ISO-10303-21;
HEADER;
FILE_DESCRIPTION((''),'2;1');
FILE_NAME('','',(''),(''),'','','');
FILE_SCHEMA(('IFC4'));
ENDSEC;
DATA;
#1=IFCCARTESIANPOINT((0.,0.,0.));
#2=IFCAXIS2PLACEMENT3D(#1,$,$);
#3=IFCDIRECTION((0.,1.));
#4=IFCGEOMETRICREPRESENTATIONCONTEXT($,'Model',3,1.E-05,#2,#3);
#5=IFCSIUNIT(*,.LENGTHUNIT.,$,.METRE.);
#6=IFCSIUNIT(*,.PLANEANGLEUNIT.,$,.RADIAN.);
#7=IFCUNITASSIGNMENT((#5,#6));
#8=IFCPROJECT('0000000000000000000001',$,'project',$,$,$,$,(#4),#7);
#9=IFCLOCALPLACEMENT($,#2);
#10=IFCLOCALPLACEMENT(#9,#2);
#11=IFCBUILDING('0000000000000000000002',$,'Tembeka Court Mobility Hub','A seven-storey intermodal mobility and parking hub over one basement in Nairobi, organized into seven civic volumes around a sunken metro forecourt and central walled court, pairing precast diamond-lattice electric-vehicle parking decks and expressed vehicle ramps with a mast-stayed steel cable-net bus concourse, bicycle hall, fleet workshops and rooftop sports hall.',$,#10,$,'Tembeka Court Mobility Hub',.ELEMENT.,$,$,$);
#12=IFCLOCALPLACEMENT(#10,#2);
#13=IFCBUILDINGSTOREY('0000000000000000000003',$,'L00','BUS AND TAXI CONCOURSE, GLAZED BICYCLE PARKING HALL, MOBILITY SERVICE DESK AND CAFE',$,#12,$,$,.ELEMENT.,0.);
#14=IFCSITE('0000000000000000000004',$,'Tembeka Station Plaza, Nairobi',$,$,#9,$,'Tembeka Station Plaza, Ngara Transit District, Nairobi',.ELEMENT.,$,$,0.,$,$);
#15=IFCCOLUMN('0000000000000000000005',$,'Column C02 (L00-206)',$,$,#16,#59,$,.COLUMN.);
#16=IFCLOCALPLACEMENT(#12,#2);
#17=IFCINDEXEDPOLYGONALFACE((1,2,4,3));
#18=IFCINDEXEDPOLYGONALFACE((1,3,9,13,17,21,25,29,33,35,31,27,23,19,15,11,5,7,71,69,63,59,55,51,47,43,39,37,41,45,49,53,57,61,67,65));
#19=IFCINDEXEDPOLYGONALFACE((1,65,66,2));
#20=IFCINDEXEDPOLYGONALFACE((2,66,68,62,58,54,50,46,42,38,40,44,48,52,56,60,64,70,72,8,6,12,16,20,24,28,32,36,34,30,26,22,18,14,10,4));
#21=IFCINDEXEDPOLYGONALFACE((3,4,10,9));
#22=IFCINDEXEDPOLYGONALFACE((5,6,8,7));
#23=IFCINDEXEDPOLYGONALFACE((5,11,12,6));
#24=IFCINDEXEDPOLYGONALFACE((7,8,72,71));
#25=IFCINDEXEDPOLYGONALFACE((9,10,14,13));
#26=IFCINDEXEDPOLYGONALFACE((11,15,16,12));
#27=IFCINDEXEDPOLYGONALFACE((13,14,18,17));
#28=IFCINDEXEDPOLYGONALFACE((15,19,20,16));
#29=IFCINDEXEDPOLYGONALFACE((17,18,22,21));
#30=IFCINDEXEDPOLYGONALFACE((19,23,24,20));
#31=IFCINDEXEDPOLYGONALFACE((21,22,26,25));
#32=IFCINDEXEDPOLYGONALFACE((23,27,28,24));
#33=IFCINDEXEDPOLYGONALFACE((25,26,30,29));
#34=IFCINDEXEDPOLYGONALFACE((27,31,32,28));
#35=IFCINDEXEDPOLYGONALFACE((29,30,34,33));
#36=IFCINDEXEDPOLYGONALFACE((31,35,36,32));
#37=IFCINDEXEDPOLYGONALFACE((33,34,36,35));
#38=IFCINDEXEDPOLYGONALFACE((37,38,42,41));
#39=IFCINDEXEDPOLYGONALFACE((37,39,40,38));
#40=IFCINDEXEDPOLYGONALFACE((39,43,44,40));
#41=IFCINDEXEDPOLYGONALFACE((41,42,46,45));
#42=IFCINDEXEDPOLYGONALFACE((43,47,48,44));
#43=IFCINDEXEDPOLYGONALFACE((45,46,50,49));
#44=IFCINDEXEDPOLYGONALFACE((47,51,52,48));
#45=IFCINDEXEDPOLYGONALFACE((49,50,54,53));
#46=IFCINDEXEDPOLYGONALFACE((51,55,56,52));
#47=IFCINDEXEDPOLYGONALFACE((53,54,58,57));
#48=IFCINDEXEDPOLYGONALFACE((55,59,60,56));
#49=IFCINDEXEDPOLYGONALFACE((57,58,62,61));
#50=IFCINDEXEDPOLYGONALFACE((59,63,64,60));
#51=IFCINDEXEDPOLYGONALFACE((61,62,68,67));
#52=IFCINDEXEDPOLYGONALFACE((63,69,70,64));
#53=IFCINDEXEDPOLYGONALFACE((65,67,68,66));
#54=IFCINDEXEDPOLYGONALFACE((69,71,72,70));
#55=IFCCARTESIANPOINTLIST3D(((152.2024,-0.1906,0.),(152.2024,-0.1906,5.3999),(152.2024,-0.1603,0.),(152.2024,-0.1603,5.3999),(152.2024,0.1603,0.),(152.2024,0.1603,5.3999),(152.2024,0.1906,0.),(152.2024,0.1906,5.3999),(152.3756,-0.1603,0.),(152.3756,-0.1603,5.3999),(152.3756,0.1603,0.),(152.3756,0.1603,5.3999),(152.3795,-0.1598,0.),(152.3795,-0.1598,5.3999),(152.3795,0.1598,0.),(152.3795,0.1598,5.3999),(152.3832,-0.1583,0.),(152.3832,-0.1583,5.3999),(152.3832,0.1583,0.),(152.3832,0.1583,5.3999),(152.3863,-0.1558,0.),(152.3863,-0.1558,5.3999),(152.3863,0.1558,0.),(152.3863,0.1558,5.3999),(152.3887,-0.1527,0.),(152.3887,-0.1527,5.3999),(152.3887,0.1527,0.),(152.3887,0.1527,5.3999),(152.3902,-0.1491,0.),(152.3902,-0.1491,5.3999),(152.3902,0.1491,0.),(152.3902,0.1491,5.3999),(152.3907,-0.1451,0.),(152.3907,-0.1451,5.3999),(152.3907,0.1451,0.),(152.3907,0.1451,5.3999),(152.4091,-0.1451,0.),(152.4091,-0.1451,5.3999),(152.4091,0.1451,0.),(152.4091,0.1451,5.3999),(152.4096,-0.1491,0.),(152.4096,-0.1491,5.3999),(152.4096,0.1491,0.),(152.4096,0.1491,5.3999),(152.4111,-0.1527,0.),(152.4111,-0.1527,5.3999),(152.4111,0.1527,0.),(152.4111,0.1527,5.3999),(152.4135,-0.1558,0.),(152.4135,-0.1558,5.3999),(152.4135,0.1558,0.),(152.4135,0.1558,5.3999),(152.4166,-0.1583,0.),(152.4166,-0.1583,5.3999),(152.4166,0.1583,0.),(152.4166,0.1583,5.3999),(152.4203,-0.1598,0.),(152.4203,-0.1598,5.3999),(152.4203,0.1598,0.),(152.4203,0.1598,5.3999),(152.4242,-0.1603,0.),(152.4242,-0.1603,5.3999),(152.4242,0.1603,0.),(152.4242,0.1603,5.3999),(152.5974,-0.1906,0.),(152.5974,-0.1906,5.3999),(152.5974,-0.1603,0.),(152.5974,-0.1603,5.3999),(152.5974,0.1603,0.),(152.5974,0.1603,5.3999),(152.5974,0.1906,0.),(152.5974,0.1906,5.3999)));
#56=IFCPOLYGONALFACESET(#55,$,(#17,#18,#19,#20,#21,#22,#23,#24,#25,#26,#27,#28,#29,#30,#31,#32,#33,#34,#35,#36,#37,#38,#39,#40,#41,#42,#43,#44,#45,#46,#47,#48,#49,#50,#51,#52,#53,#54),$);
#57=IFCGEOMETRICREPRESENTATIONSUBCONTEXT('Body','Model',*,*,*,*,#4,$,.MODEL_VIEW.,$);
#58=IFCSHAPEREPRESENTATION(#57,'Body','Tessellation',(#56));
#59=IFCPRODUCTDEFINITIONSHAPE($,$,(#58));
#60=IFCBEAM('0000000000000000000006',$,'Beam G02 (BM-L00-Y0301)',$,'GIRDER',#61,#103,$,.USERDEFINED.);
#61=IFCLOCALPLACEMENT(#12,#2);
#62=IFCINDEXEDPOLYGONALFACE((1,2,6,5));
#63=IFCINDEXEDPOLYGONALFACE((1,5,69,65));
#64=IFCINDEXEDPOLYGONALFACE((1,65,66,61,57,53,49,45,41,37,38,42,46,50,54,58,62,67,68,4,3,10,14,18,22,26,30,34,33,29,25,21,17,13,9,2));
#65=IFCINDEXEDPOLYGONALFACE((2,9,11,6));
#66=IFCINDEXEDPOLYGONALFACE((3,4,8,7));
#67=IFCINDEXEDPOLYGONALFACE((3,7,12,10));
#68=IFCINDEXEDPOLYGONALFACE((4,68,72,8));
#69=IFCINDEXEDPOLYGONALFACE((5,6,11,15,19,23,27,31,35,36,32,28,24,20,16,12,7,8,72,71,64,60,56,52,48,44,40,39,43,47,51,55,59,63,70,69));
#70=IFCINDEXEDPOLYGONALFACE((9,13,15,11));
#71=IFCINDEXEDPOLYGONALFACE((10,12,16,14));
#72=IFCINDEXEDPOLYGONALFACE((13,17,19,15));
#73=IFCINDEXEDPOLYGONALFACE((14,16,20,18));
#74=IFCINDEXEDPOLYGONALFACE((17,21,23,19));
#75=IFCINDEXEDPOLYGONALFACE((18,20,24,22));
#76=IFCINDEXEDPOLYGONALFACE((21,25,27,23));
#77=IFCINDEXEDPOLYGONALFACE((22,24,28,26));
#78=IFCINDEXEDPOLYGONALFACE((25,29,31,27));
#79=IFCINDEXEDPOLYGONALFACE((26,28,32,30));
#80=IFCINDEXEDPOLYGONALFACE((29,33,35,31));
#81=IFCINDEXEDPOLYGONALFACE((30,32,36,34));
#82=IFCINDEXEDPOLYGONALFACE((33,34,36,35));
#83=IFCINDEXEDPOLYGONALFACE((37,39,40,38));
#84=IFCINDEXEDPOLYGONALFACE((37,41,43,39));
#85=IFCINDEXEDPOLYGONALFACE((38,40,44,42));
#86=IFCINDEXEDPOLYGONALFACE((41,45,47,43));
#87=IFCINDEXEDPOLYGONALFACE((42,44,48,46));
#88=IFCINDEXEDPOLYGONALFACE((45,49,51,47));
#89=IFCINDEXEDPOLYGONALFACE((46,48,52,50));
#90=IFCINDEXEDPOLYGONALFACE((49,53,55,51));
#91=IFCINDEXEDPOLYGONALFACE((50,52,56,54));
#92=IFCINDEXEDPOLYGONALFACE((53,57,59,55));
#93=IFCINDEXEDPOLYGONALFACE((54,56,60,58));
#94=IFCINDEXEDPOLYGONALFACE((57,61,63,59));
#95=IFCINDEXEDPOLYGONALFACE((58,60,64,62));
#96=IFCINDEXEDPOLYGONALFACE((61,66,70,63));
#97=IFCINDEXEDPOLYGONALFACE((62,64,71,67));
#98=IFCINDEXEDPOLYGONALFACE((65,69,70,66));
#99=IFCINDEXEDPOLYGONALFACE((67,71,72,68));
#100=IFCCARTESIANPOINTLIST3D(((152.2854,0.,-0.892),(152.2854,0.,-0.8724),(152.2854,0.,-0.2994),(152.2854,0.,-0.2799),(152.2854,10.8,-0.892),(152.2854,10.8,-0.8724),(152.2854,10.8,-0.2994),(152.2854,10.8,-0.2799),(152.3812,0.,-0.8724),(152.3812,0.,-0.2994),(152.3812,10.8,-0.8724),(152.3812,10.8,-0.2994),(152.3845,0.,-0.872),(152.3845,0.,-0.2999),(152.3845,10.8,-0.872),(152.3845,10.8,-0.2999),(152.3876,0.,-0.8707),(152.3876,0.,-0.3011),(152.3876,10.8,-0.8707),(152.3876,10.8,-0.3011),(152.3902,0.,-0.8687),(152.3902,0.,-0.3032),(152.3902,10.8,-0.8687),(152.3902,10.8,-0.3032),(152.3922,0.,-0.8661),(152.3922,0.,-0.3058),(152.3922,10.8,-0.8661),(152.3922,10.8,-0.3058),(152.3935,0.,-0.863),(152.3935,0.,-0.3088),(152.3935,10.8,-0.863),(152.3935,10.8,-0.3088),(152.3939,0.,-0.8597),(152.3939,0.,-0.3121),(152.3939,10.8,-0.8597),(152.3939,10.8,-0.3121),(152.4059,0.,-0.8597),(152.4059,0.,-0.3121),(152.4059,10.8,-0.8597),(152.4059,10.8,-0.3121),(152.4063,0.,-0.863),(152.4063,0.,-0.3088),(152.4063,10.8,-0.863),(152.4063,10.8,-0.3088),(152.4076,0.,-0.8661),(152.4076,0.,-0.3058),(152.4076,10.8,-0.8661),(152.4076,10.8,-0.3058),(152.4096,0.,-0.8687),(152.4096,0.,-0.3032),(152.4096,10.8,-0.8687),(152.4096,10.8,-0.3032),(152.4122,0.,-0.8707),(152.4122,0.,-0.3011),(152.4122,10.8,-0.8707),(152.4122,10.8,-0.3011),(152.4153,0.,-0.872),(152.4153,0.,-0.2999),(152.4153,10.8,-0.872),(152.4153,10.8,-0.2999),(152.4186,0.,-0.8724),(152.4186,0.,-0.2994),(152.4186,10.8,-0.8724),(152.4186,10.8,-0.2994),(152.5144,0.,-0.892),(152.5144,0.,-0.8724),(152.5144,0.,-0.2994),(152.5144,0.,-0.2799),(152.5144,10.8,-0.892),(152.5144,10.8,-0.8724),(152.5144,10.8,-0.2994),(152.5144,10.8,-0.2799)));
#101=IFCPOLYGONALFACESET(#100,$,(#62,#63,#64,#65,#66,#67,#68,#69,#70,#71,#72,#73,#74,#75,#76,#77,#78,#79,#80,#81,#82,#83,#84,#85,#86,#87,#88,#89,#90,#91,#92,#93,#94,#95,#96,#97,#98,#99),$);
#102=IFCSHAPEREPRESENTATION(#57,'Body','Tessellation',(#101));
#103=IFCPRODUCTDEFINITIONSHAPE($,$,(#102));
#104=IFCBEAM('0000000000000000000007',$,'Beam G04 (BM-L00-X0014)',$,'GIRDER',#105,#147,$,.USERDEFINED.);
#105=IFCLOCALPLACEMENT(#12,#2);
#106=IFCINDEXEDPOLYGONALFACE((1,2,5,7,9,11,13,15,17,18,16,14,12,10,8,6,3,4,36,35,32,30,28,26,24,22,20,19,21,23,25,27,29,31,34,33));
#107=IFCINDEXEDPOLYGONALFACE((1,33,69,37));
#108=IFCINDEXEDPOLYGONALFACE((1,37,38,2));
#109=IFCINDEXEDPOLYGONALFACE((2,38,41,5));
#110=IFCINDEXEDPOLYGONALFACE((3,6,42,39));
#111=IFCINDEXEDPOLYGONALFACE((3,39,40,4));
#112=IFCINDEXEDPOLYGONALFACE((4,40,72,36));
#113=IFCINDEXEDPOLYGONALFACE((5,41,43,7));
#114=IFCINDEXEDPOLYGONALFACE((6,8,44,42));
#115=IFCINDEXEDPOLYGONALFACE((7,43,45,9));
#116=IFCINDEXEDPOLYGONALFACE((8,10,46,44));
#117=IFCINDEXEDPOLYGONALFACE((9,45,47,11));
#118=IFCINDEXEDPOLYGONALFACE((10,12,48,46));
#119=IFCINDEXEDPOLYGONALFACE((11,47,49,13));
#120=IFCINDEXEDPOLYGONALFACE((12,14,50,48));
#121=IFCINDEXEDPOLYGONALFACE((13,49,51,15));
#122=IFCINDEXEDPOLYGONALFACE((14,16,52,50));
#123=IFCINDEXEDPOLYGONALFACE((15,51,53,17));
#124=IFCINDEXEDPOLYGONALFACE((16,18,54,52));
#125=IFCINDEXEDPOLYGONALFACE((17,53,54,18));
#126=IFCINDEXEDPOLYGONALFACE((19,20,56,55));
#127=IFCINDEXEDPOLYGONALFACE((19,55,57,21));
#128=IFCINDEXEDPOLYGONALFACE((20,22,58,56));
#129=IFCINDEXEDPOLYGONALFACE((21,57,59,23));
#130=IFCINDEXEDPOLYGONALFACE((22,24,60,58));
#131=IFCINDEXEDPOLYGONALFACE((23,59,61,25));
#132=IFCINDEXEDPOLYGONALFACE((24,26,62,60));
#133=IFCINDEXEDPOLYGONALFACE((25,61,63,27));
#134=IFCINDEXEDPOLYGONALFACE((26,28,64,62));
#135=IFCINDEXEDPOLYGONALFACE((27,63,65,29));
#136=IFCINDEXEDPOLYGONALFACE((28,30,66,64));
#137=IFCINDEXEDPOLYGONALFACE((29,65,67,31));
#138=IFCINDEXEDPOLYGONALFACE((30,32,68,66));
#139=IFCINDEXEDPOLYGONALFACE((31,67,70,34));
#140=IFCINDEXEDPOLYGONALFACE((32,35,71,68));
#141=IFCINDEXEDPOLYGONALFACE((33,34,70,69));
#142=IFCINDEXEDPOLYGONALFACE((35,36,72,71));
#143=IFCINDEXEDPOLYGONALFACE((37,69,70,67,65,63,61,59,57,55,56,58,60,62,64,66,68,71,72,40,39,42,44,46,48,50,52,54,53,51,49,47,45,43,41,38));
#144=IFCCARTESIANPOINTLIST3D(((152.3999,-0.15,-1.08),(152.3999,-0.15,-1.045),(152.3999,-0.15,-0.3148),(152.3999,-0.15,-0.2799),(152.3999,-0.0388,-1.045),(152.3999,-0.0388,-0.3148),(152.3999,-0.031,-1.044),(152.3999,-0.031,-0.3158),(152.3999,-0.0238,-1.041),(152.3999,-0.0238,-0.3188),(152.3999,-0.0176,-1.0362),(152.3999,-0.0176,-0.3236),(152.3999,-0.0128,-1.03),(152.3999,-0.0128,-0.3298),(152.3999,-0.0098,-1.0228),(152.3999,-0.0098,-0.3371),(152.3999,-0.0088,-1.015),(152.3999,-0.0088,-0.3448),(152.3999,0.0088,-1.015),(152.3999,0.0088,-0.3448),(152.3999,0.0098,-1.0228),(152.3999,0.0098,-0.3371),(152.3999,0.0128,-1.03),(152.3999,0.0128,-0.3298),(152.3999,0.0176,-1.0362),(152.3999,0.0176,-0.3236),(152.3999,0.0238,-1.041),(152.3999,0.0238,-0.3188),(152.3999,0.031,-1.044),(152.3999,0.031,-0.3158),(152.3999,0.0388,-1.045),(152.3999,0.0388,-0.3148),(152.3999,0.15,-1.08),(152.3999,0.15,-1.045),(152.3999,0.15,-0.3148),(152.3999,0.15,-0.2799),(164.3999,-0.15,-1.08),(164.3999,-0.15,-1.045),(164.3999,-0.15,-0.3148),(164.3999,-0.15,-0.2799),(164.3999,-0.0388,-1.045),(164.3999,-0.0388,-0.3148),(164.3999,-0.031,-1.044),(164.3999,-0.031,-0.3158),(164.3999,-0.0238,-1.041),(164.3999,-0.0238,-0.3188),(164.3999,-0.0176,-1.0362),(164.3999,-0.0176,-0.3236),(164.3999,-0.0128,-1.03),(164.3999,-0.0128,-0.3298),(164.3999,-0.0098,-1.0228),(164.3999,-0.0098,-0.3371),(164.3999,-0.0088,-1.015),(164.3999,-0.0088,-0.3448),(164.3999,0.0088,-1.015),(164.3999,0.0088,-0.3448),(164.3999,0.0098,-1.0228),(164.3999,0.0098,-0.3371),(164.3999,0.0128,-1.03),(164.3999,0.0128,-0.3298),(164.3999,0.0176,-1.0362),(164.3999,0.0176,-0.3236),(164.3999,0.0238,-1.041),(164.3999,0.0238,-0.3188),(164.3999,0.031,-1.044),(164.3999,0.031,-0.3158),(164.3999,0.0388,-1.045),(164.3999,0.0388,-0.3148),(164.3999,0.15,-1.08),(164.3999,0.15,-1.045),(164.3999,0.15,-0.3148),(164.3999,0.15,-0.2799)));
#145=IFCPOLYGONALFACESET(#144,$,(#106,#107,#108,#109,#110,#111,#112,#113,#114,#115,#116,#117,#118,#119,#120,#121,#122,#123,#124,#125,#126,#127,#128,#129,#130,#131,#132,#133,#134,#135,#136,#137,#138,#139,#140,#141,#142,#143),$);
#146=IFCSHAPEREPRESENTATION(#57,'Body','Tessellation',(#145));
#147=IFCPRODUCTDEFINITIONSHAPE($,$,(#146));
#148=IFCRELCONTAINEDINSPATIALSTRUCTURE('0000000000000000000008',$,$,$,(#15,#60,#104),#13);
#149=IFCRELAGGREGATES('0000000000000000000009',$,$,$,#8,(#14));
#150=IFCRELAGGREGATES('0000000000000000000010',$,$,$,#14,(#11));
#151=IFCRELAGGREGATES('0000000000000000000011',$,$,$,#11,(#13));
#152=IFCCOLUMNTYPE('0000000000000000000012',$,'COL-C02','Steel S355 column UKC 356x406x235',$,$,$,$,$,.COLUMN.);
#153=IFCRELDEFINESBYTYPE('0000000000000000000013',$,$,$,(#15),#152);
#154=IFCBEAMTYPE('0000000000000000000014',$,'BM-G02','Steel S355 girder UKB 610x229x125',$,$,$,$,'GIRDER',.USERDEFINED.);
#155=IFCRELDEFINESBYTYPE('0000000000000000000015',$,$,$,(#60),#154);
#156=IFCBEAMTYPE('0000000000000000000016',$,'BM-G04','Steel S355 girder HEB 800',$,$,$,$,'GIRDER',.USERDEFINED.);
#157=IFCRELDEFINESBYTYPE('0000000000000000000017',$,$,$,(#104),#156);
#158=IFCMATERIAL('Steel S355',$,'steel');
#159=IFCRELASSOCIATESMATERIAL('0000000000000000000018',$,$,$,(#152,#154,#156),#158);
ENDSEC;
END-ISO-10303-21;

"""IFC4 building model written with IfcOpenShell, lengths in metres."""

from ifc_helpers import new_model, si_unit, direction, frame, origin, origin_2d, place, context, subcontext, project, spatial, i_section, extrude, material, material_profile, profile_set, type_object, element, save


model = new_model("IFC4")

# Units and contexts
model_context = context("Model", 3, precision=1e-05, world=origin(), true_north=direction((0.0, 1.0)))
body_context = subcontext(model_context, "Body", "Model", "MODEL_VIEW")
ifc_project = project(units=[si_unit("LENGTHUNIT", "METRE"), si_unit("PLANEANGLEUNIT", "RADIAN")], contexts=[model_context])

# Site, building, storey
site_placement = place(None, origin())
site = spatial("IfcSite", under=ifc_project, at=site_placement, Name="Tembeka Station Plaza, Nairobi", LongName="Tembeka Station Plaza, Ngara Transit District, Nairobi", CompositionType="ELEMENT", RefElevation=0.0)
building_placement = place(site_placement, origin())
building = spatial("IfcBuilding", under=site, at=building_placement, Name="Tembeka Court Mobility Hub", Description="A seven-storey intermodal mobility and parking hub over one basement in Nairobi, organized into seven civic volumes around a sunken metro forecourt and central walled court, pairing precast diamond-lattice electric-vehicle parking decks and expressed vehicle ramps with a mast-stayed steel cable-net bus concourse, bicycle hall, fleet workshops and rooftop sports hall.", LongName="Tembeka Court Mobility Hub", CompositionType="ELEMENT")
storey_placement = place(building_placement, origin())
storey = spatial("IfcBuildingStorey", under=building, at=storey_placement, Name="L00", Description="BUS AND TAXI CONCOURSE, GLAZED BICYCLE PARKING HALL, MOBILITY SERVICE DESK AND CAFE", CompositionType="ELEMENT", Elevation=0.0)

# Column
ifc_material_1 = material(Name="Steel S355", Category="steel")
ifc_material_profile_1 = material_profile(ifc_material_1, i_section(OverallWidth=0.395, OverallDepth=0.3811, WebThickness=0.0183, FlangeThickness=0.0303, FilletRadius=0.0151, at=origin_2d()), Name="UKC 356x406x235")
ifc_profile_set_1 = profile_set([ifc_material_profile_1], Name="Steel S355")
column_type = type_object("IfcColumnType", Name="COL-C02", Description="Steel S355 column UKC 356x406x235", PredefinedType="COLUMN", material=ifc_profile_set_1)
column_placement = place(storey_placement, frame((152.3999, 0.0, 0.0), z_axis=(0.0, 0.0, 1.0), x_axis=(1.0, 0.0, 0.0)))
element("IfcColumn", 1, at=column_placement, inside=storey, type_object=column_type, Name="Column C02 (L00-206)", PredefinedType="COLUMN", context=body_context, shape_type="SweptSolid", body=[
    extrude(i_section(OverallWidth=0.395, OverallDepth=0.3811, WebThickness=0.0183, FlangeThickness=0.0303, FilletRadius=0.0151, at=origin_2d()), origin(), (0.0, 0.0, 1.0), 5.3999),
])

# Beams
ifc_material_profile_2 = material_profile(ifc_material_1, i_section(OverallWidth=0.229, OverallDepth=0.6121, WebThickness=0.012, FlangeThickness=0.0195, FilletRadius=0.0127, at=origin_2d()), Name="UKB 610x229x125")
ifc_profile_set_2 = profile_set([ifc_material_profile_2], Name="Steel S355")
beam_type_1 = type_object("IfcBeamType", Name="BM-G02", Description="Steel S355 girder UKB 610x229x125", ElementType="GIRDER", PredefinedType="USERDEFINED", material=ifc_profile_set_2)
beam_1_placement = place(storey_placement, frame((152.3999, 0.0, -0.5859), z_axis=(0.0, 1.0, 0.0), x_axis=(-1.0, 0.0, 0.0)))
element("IfcBeam", 2, at=beam_1_placement, inside=storey, type_object=beam_type_1, Name="Beam G02 (BM-L00-Y0301)", ObjectType="GIRDER", PredefinedType="USERDEFINED", context=body_context, shape_type="SweptSolid", body=[
    extrude(i_section(OverallWidth=0.229, OverallDepth=0.6121, WebThickness=0.012, FlangeThickness=0.0195, FilletRadius=0.0127, at=origin_2d()), origin(), (0.0, 0.0, 1.0), 10.8),
])
ifc_material_profile_3 = material_profile(ifc_material_1, i_section(OverallWidth=0.3, OverallDepth=0.8, WebThickness=0.0176, FlangeThickness=0.0349, FilletRadius=0.03, at=origin_2d()), Name="HEB 800")
ifc_profile_set_3 = profile_set([ifc_material_profile_3], Name="Steel S355")
beam_type_2 = type_object("IfcBeamType", Name="BM-G04", Description="Steel S355 girder HEB 800", ElementType="GIRDER", PredefinedType="USERDEFINED", material=ifc_profile_set_3)
beam_2_placement = place(storey_placement, frame((152.3999, 0.0, -0.6799), z_axis=(1.0, 0.0, 0.0), x_axis=(0.0, 1.0, 0.0)))
element("IfcBeam", 3, at=beam_2_placement, inside=storey, type_object=beam_type_2, Name="Beam G04 (BM-L00-X0014)", ObjectType="GIRDER", PredefinedType="USERDEFINED", context=body_context, shape_type="SweptSolid", body=[
    extrude(i_section(OverallWidth=0.3, OverallDepth=0.8, WebThickness=0.0176, FlangeThickness=0.0349, FilletRadius=0.03, at=origin_2d()), origin(), (0.0, 0.0, 1.0), 12.0),
])

save(model, "model.ifc")
